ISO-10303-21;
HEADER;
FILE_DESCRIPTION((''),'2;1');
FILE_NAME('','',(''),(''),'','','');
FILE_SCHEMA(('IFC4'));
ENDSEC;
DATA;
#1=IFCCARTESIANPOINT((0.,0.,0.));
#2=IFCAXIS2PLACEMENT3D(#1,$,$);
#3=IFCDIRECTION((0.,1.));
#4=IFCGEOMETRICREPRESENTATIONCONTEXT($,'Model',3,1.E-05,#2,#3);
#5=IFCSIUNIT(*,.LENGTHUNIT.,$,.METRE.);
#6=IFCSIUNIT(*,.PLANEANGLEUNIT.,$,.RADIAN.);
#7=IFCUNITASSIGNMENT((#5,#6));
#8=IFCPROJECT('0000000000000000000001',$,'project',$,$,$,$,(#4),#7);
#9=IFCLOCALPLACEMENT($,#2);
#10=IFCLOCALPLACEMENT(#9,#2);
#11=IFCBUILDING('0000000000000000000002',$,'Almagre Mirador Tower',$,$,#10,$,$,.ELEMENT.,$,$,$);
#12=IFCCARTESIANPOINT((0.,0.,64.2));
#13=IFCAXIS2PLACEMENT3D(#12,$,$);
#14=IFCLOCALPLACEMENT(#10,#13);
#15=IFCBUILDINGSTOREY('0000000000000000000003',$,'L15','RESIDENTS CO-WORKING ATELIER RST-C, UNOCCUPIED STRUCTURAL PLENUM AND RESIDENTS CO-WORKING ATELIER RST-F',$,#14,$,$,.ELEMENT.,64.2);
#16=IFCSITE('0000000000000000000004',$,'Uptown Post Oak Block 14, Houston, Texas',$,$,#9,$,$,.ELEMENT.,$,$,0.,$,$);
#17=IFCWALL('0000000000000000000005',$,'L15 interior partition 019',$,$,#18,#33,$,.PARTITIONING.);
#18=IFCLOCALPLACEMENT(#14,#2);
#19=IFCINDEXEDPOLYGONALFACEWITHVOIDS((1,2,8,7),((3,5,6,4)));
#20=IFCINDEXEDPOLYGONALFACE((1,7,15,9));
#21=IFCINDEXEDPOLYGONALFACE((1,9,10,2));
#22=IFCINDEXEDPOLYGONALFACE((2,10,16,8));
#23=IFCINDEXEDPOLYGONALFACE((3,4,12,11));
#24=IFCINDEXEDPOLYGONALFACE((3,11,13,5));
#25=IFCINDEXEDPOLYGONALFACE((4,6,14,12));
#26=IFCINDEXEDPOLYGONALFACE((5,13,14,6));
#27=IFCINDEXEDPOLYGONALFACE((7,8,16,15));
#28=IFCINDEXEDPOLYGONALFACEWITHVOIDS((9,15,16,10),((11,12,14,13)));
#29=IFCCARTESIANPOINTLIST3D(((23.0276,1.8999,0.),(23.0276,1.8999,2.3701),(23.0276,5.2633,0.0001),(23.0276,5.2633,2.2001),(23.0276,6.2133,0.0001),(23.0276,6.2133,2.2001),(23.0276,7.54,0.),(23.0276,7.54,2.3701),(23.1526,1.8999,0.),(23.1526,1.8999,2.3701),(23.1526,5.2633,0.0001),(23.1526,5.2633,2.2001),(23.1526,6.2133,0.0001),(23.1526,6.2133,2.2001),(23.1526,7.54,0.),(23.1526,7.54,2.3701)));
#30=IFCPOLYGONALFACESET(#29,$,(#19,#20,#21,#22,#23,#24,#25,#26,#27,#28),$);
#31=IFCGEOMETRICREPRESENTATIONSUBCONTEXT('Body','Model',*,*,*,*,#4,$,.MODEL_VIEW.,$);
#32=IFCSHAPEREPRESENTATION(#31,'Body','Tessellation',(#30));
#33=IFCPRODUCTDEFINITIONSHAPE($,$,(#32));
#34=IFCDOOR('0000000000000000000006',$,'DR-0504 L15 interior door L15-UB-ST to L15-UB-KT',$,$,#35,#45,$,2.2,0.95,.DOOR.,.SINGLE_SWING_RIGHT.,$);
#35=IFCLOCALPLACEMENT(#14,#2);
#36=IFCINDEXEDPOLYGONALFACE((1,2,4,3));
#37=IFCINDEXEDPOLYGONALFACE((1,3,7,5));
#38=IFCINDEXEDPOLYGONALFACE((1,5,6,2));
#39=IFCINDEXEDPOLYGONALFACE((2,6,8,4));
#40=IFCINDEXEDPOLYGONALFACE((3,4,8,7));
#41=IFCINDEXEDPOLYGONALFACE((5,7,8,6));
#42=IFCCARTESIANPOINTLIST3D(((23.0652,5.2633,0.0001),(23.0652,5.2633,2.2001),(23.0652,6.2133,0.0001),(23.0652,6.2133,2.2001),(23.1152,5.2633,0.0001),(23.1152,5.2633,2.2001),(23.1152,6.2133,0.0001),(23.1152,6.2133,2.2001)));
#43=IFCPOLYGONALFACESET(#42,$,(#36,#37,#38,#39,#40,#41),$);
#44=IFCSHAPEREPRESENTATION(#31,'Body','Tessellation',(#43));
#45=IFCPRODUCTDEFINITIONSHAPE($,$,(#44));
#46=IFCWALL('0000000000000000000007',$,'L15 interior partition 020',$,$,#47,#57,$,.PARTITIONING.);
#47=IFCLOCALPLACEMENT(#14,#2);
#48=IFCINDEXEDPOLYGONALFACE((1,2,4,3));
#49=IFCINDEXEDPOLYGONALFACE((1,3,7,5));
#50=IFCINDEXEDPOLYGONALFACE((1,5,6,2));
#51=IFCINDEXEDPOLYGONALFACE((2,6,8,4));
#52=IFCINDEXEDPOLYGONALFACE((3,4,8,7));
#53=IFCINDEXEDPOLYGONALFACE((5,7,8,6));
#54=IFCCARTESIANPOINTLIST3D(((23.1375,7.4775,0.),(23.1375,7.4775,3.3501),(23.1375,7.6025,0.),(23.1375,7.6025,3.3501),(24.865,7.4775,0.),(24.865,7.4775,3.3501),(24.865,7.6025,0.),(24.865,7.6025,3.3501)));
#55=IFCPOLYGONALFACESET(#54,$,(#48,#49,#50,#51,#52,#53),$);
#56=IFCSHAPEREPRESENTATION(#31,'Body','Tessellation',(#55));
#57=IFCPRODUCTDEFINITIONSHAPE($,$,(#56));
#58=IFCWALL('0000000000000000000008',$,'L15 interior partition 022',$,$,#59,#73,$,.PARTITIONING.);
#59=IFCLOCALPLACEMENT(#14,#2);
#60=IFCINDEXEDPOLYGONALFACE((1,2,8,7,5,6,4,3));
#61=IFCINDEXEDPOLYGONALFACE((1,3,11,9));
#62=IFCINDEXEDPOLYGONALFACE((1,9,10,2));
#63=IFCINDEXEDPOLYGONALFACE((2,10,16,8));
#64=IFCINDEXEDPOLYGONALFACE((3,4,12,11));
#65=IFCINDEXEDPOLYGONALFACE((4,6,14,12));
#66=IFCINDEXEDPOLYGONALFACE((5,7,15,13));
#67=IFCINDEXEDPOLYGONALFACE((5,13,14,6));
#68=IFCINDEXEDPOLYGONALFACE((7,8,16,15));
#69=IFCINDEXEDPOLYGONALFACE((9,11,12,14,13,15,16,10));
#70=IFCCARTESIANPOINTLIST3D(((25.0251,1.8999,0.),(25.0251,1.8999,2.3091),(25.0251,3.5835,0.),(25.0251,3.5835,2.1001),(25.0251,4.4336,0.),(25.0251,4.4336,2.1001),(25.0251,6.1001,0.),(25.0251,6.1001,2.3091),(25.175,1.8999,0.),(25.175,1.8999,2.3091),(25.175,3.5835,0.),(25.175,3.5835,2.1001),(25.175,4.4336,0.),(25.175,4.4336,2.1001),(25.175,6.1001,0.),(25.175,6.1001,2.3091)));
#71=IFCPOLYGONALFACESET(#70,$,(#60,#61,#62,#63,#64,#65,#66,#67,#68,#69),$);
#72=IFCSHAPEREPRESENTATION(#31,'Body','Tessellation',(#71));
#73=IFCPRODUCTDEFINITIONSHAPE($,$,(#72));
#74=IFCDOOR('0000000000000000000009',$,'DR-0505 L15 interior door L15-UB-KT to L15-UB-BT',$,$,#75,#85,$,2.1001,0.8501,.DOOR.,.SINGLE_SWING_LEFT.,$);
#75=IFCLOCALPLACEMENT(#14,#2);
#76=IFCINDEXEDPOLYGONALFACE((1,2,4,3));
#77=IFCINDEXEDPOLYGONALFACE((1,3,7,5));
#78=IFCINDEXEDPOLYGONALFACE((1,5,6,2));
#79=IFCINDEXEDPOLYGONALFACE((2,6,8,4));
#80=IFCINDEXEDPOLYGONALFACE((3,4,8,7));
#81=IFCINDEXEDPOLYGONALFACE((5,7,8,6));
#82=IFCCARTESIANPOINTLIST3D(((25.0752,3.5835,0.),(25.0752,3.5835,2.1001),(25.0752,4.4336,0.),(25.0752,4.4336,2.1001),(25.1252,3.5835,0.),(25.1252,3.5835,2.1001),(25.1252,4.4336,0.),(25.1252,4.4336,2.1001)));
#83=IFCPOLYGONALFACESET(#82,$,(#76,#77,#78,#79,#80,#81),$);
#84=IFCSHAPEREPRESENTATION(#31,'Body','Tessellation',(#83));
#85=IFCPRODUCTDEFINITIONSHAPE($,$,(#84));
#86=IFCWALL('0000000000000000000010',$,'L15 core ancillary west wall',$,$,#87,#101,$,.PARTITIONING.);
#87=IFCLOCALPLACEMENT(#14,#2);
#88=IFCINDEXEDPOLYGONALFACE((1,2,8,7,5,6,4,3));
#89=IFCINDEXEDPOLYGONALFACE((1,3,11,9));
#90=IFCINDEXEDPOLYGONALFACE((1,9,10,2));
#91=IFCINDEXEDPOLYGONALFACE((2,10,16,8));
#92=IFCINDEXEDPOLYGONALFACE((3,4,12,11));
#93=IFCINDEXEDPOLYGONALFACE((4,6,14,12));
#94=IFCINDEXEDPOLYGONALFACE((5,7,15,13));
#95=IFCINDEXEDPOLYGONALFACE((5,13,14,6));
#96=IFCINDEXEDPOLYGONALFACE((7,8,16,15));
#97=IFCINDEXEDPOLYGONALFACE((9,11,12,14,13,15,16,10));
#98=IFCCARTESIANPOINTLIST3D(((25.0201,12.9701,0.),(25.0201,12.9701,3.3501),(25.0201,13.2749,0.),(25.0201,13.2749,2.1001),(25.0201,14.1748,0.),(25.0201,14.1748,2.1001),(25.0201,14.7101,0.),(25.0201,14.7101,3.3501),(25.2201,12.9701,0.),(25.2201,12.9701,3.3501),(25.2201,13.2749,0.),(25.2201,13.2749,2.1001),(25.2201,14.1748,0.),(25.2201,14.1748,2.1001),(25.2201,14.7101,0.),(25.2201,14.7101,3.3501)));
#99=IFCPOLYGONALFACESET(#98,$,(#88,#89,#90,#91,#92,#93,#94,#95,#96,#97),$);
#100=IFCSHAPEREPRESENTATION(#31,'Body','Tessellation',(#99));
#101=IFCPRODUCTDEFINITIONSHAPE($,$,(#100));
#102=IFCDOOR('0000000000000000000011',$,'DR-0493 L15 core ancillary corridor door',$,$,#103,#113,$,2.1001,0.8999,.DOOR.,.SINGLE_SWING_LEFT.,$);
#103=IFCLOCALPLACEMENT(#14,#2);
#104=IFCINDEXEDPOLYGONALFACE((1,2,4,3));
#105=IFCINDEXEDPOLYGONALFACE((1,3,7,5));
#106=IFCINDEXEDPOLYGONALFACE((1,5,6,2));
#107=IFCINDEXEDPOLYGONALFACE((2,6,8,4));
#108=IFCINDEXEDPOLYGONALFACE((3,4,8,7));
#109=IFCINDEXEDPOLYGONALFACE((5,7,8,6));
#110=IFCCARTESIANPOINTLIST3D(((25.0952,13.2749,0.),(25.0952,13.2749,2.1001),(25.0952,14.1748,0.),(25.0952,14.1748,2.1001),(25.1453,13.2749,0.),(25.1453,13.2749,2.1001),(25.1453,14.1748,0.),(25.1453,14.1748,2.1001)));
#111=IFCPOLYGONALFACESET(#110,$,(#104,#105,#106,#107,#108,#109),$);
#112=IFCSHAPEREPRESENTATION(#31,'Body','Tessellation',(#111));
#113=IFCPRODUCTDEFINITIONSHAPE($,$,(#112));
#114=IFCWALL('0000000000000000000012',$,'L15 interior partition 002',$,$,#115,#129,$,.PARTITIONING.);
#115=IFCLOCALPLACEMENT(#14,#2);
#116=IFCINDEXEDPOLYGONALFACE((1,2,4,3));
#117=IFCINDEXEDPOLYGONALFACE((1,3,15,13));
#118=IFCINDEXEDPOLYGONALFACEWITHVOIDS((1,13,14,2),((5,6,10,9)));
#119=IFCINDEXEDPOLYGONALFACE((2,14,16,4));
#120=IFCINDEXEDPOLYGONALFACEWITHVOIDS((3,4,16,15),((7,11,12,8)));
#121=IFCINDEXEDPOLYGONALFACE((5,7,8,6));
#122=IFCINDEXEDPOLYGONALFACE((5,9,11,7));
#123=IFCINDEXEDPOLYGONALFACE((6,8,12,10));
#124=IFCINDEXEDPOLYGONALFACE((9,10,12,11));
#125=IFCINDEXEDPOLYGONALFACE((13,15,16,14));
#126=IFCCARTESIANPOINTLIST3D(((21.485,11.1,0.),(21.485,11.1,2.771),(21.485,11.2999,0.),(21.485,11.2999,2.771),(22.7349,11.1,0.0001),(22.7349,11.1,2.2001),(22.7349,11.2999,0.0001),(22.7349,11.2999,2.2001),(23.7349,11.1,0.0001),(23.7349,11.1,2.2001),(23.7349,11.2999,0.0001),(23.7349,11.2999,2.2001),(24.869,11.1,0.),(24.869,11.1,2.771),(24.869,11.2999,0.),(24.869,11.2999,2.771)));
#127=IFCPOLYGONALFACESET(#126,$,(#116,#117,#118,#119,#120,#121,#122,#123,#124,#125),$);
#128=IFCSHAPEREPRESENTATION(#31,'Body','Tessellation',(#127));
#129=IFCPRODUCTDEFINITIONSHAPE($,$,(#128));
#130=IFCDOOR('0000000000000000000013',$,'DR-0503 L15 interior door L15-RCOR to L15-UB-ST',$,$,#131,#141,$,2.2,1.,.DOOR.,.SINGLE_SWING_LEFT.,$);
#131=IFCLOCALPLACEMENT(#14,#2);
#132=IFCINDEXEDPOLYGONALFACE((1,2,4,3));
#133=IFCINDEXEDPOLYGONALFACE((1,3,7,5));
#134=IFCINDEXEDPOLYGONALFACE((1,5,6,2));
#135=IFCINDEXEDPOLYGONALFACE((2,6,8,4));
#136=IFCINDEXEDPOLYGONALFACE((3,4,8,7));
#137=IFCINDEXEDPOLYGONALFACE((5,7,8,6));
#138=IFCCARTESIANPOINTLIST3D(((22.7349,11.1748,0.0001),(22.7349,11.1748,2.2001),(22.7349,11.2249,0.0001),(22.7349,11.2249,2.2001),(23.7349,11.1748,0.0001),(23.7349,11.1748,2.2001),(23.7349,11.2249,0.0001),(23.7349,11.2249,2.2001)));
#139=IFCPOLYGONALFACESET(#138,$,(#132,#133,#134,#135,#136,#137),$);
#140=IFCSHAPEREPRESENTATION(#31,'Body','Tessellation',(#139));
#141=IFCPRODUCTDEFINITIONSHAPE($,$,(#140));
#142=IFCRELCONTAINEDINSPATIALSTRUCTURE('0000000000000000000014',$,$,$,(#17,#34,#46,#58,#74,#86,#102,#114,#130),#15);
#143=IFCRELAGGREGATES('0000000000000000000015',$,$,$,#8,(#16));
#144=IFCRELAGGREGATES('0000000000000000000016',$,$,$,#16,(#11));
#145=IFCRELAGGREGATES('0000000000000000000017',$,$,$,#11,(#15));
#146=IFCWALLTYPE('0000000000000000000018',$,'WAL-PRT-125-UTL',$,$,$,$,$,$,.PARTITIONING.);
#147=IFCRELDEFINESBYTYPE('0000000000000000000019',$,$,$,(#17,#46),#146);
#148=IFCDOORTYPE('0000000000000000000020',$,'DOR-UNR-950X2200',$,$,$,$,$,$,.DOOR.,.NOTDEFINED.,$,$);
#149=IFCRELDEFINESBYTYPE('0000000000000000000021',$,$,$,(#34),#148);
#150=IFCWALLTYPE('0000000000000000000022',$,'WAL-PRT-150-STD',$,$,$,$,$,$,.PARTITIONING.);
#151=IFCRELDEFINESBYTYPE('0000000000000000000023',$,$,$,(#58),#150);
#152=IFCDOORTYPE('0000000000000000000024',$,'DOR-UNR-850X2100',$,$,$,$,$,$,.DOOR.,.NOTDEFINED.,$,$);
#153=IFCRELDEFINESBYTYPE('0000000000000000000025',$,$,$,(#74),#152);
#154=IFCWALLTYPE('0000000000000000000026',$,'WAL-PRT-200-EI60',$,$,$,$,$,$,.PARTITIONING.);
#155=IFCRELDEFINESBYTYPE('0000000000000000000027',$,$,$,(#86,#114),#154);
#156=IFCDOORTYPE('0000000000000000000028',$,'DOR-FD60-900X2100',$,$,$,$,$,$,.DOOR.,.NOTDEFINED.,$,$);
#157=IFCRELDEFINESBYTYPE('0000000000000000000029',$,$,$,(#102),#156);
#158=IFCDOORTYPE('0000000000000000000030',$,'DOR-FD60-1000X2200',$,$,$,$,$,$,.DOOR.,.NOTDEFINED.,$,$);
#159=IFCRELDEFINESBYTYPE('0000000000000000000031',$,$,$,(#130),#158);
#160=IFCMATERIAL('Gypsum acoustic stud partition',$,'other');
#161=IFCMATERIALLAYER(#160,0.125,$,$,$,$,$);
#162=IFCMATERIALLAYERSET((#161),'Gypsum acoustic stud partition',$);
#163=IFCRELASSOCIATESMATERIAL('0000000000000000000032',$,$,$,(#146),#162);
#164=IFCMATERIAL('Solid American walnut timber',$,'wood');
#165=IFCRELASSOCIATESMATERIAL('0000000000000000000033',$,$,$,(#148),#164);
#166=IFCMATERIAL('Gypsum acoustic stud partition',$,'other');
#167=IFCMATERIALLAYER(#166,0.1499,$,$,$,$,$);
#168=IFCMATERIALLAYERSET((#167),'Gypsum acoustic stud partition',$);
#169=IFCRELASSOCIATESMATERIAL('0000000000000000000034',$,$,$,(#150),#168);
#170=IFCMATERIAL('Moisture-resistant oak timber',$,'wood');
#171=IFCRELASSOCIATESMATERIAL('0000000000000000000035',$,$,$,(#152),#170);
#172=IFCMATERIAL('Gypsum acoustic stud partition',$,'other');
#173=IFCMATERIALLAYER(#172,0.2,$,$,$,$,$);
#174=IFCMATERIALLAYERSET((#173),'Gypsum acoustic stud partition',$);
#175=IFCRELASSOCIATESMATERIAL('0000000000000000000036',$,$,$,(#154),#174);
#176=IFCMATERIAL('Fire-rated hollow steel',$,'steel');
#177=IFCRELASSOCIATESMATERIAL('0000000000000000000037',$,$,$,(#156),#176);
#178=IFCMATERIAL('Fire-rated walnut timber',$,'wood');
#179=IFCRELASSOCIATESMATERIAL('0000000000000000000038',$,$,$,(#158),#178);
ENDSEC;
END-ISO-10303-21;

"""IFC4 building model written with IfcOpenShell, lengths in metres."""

from ifc_helpers import new_model, si_unit, direction, frame, frame_2d, origin, place, context, subcontext, project, spatial, rectangle, extrude, material, layer, layer_set, type_object, element, fill, save


model = new_model("IFC4")

# Units and contexts
model_context = context("Model", 3, precision=1e-05, world=origin(), true_north=direction((0.0, 1.0)))
body_context = subcontext(model_context, "Body", "Model", "MODEL_VIEW")
ifc_project = project(units=[si_unit("LENGTHUNIT", "METRE"), si_unit("PLANEANGLEUNIT", "RADIAN")], contexts=[model_context])

# Site, building, storey
site_placement = place(None, origin())
site = spatial("IfcSite", under=ifc_project, at=site_placement, Name="Uptown Post Oak Block 14, Houston, Texas", CompositionType="ELEMENT", RefElevation=0.0)
building_placement = place(site_placement, origin())
building = spatial("IfcBuilding", under=site, at=building_placement, Name="Almagre Mirador Tower", CompositionType="ELEMENT")
storey_placement = place(building_placement, frame((0.0, 0.0, 64.2)))
storey = spatial("IfcBuildingStorey", under=building, at=storey_placement, Name="L15", Description="RESIDENTS CO-WORKING ATELIER RST-C, UNOCCUPIED STRUCTURAL PLENUM AND RESIDENTS CO-WORKING ATELIER RST-F", CompositionType="ELEMENT", Elevation=64.2)

# Wall, opening, door
ifc_material_1 = material(Name="Gypsum acoustic stud partition", Category="other")
ifc_layer_1 = layer(ifc_material_1, 0.125)
ifc_layer_set_1 = layer_set([ifc_layer_1], Name="Gypsum acoustic stud partition")
wall_type_1 = type_object("IfcWallType", Name="WAL-PRT-125-UTL", PredefinedType="PARTITIONING", material=ifc_layer_set_1)
wall_1_placement = place(storey_placement, frame((23.0901, 1.8999, 0.0), z_axis=(0.0, 0.0, 1.0), x_axis=(0.0, 1.0, 0.0)))
wall_1 = element("IfcWall", 1, at=wall_1_placement, inside=storey, type_object=wall_type_1, Name="L15 interior partition 019", PredefinedType="PARTITIONING", context=body_context, shape_type="SweptSolid", body=[
    extrude(rectangle(XDim=5.6401, YDim=0.125, at=frame_2d((2.8201, 0.0))), origin(), (0.0, 0.0, 1.0), 2.3701),
])
opening_1_placement = place(wall_1_placement, frame((3.3633, 0.0, 0.0)))
opening_1 = element("IfcOpeningElement", 2, at=opening_1_placement, cuts=wall_1, PredefinedType="OPENING", context=body_context, shape_type="SweptSolid", body=[
    extrude(rectangle(XDim=0.95, YDim=2.2, at=frame_2d((0.4751, 1.1001))), frame((0.0, 0.0725, 0.0), z_axis=(0.0, -1.0, 0.0), x_axis=(1.0, 0.0, 0.0)), (0.0, 0.0, 1.0), 0.145),
])
ifc_material_2 = material(Name="Solid American walnut timber", Category="wood")
door_type_1 = type_object("IfcDoorType", Name="DOR-UNR-950X2200", OperationType="NOTDEFINED", PredefinedType="DOOR", material=ifc_material_2)
door_1_placement = place(opening_1_placement, origin())
door_1 = element("IfcDoor", 3, at=door_1_placement, inside=storey, type_object=door_type_1, Name="DR-0504 L15 interior door L15-UB-ST to L15-UB-KT", OperationType="SINGLE_SWING_RIGHT", OverallHeight=2.2, OverallWidth=0.95, PredefinedType="DOOR", context=body_context, shape_type="SweptSolid", body=[
    extrude(rectangle(XDim=0.95, YDim=2.2, at=frame_2d((0.4751, 1.1001))), frame((0.0, 0.0249, 0.0), z_axis=(0.0, -1.0, 0.0), x_axis=(1.0, 0.0, 0.0)), (0.0, 0.0, 1.0), 0.05),
])
fill(opening_1, door_1)

# Wall
wall_2_placement = place(storey_placement, frame((23.1375, 7.54, 0.0), z_axis=(0.0, 0.0, 1.0), x_axis=(1.0, 0.0, 0.0)))
element("IfcWall", 4, at=wall_2_placement, inside=storey, type_object=wall_type_1, Name="L15 interior partition 020", PredefinedType="PARTITIONING", context=body_context, shape_type="SweptSolid", body=[
    extrude(rectangle(XDim=1.7275, YDim=0.125, at=frame_2d((0.8638, 0.0))), origin(), (0.0, 0.0, 1.0), 3.3501),
])

# Walls, openings, doors
ifc_material_3 = material(Name="Gypsum acoustic stud partition", Category="other")
ifc_layer_2 = layer(ifc_material_3, 0.1499)
ifc_layer_set_2 = layer_set([ifc_layer_2], Name="Gypsum acoustic stud partition")
wall_type_2 = type_object("IfcWallType", Name="WAL-PRT-150-STD", PredefinedType="PARTITIONING", material=ifc_layer_set_2)
wall_3_placement = place(storey_placement, frame((25.1001, 1.8999, 0.0), z_axis=(0.0, 0.0, 1.0), x_axis=(0.0, 1.0, 0.0)))
wall_3 = element("IfcWall", 5, at=wall_3_placement, inside=storey, type_object=wall_type_2, Name="L15 interior partition 022", PredefinedType="PARTITIONING", context=body_context, shape_type="SweptSolid", body=[
    extrude(rectangle(XDim=4.2002, YDim=0.1499, at=frame_2d((2.1001, 0.0))), origin(), (0.0, 0.0, 1.0), 2.3091),
])
opening_2_placement = place(wall_3_placement, frame((1.6836, 0.0, 0.0)))
opening_2 = element("IfcOpeningElement", 6, at=opening_2_placement, cuts=wall_3, PredefinedType="OPENING", context=body_context, shape_type="SweptSolid", body=[
    extrude(rectangle(XDim=0.8501, YDim=2.1001, at=frame_2d((0.425, 1.05))), frame((0.0, 0.085, 0.0), z_axis=(0.0, -1.0, 0.0), x_axis=(1.0, 0.0, 0.0)), (0.0, 0.0, 1.0), 0.1699),
])
ifc_material_4 = material(Name="Moisture-resistant oak timber", Category="wood")
door_type_2 = type_object("IfcDoorType", Name="DOR-UNR-850X2100", OperationType="NOTDEFINED", PredefinedType="DOOR", material=ifc_material_4)
door_2_placement = place(opening_2_placement, origin())
door_2 = element("IfcDoor", 7, at=door_2_placement, inside=storey, type_object=door_type_2, Name="DR-0505 L15 interior door L15-UB-KT to L15-UB-BT", OperationType="SINGLE_SWING_LEFT", OverallHeight=2.1001, OverallWidth=0.8501, PredefinedType="DOOR", context=body_context, shape_type="SweptSolid", body=[
    extrude(rectangle(XDim=0.8501, YDim=2.1001, at=frame_2d((0.425, 1.05))), frame((0.0, 0.0249, 0.0), z_axis=(0.0, -1.0, 0.0), x_axis=(1.0, 0.0, 0.0)), (0.0, 0.0, 1.0), 0.05),
])
fill(opening_2, door_2)
ifc_material_5 = material(Name="Gypsum acoustic stud partition", Category="other")
ifc_layer_3 = layer(ifc_material_5, 0.2)
ifc_layer_set_3 = layer_set([ifc_layer_3], Name="Gypsum acoustic stud partition")
wall_type_3 = type_object("IfcWallType", Name="WAL-PRT-200-EI60", PredefinedType="PARTITIONING", material=ifc_layer_set_3)
wall_4_placement = place(storey_placement, frame((25.1201, 12.97, 0.0), z_axis=(0.0, 0.0, 1.0), x_axis=(0.0, 1.0, 0.0)))
wall_4 = element("IfcWall", 8, at=wall_4_placement, inside=storey, type_object=wall_type_3, Name="L15 core ancillary west wall", PredefinedType="PARTITIONING", context=body_context, shape_type="SweptSolid", body=[
    extrude(rectangle(XDim=1.74, YDim=0.2, at=frame_2d((0.8701, 0.0))), origin(), (0.0, 0.0, 1.0), 3.3501),
])
opening_3_placement = place(wall_4_placement, frame((0.3049, 0.0, 0.0)))
opening_3 = element("IfcOpeningElement", 9, at=opening_3_placement, cuts=wall_4, PredefinedType="OPENING", context=body_context, shape_type="SweptSolid", body=[
    extrude(rectangle(XDim=0.8999, YDim=2.1001, at=frame_2d((0.45, 1.05))), frame((0.0, 0.1101, 0.0), z_axis=(0.0, -1.0, 0.0), x_axis=(1.0, 0.0, 0.0)), (0.0, 0.0, 1.0), 0.22),
])
ifc_material_6 = material(Name="Fire-rated hollow steel", Category="steel")
door_type_3 = type_object("IfcDoorType", Name="DOR-FD60-900X2100", OperationType="NOTDEFINED", PredefinedType="DOOR", material=ifc_material_6)
door_3_placement = place(opening_3_placement, origin())
door_3 = element("IfcDoor", 10, at=door_3_placement, inside=storey, type_object=door_type_3, Name="DR-0493 L15 core ancillary corridor door", OperationType="SINGLE_SWING_LEFT", OverallHeight=2.1001, OverallWidth=0.8999, PredefinedType="DOOR", context=body_context, shape_type="SweptSolid", body=[
    extrude(rectangle(XDim=0.8999, YDim=2.1001, at=frame_2d((0.45, 1.05))), frame((0.0, 0.0249, 0.0), z_axis=(0.0, -1.0, 0.0), x_axis=(1.0, 0.0, 0.0)), (0.0, 0.0, 1.0), 0.05),
])
fill(opening_3, door_3)
wall_5_placement = place(storey_placement, frame((21.4851, 11.2, 0.0), z_axis=(0.0, 0.0, 1.0), x_axis=(1.0, 0.0, 0.0)))
wall_5 = element("IfcWall", 11, at=wall_5_placement, inside=storey, type_object=wall_type_3, Name="L15 interior partition 002", PredefinedType="PARTITIONING", context=body_context, shape_type="SweptSolid", body=[
    extrude(rectangle(XDim=3.384, YDim=0.2, at=frame_2d((1.6919, 0.0))), origin(), (0.0, 0.0, 1.0), 2.771),
])
opening_4_placement = place(wall_5_placement, frame((1.2498, 0.0, 0.0)))
opening_4 = element("IfcOpeningElement", 12, at=opening_4_placement, cuts=wall_5, PredefinedType="OPENING", context=body_context, shape_type="SweptSolid", body=[
    extrude(rectangle(XDim=1.0, YDim=2.2, at=frame_2d((0.5, 1.1001))), frame((0.0, 0.1101, 0.0), z_axis=(0.0, -1.0, 0.0), x_axis=(1.0, 0.0, 0.0)), (0.0, 0.0, 1.0), 0.22),
])
ifc_material_7 = material(Name="Fire-rated walnut timber", Category="wood")
door_type_4 = type_object("IfcDoorType", Name="DOR-FD60-1000X2200", OperationType="NOTDEFINED", PredefinedType="DOOR", material=ifc_material_7)
door_4_placement = place(opening_4_placement, origin())
door_4 = element("IfcDoor", 13, at=door_4_placement, inside=storey, type_object=door_type_4, Name="DR-0503 L15 interior door L15-RCOR to L15-UB-ST", OperationType="SINGLE_SWING_LEFT", OverallHeight=2.2, OverallWidth=1.0, PredefinedType="DOOR", context=body_context, shape_type="SweptSolid", body=[
    extrude(rectangle(XDim=1.0, YDim=2.2, at=frame_2d((0.5, 1.1001))), frame((0.0, 0.0249, 0.0), z_axis=(0.0, -1.0, 0.0), x_axis=(1.0, 0.0, 0.0)), (0.0, 0.0, 1.0), 0.05),
])
fill(opening_4, door_4)

save(model, "model.ifc")
